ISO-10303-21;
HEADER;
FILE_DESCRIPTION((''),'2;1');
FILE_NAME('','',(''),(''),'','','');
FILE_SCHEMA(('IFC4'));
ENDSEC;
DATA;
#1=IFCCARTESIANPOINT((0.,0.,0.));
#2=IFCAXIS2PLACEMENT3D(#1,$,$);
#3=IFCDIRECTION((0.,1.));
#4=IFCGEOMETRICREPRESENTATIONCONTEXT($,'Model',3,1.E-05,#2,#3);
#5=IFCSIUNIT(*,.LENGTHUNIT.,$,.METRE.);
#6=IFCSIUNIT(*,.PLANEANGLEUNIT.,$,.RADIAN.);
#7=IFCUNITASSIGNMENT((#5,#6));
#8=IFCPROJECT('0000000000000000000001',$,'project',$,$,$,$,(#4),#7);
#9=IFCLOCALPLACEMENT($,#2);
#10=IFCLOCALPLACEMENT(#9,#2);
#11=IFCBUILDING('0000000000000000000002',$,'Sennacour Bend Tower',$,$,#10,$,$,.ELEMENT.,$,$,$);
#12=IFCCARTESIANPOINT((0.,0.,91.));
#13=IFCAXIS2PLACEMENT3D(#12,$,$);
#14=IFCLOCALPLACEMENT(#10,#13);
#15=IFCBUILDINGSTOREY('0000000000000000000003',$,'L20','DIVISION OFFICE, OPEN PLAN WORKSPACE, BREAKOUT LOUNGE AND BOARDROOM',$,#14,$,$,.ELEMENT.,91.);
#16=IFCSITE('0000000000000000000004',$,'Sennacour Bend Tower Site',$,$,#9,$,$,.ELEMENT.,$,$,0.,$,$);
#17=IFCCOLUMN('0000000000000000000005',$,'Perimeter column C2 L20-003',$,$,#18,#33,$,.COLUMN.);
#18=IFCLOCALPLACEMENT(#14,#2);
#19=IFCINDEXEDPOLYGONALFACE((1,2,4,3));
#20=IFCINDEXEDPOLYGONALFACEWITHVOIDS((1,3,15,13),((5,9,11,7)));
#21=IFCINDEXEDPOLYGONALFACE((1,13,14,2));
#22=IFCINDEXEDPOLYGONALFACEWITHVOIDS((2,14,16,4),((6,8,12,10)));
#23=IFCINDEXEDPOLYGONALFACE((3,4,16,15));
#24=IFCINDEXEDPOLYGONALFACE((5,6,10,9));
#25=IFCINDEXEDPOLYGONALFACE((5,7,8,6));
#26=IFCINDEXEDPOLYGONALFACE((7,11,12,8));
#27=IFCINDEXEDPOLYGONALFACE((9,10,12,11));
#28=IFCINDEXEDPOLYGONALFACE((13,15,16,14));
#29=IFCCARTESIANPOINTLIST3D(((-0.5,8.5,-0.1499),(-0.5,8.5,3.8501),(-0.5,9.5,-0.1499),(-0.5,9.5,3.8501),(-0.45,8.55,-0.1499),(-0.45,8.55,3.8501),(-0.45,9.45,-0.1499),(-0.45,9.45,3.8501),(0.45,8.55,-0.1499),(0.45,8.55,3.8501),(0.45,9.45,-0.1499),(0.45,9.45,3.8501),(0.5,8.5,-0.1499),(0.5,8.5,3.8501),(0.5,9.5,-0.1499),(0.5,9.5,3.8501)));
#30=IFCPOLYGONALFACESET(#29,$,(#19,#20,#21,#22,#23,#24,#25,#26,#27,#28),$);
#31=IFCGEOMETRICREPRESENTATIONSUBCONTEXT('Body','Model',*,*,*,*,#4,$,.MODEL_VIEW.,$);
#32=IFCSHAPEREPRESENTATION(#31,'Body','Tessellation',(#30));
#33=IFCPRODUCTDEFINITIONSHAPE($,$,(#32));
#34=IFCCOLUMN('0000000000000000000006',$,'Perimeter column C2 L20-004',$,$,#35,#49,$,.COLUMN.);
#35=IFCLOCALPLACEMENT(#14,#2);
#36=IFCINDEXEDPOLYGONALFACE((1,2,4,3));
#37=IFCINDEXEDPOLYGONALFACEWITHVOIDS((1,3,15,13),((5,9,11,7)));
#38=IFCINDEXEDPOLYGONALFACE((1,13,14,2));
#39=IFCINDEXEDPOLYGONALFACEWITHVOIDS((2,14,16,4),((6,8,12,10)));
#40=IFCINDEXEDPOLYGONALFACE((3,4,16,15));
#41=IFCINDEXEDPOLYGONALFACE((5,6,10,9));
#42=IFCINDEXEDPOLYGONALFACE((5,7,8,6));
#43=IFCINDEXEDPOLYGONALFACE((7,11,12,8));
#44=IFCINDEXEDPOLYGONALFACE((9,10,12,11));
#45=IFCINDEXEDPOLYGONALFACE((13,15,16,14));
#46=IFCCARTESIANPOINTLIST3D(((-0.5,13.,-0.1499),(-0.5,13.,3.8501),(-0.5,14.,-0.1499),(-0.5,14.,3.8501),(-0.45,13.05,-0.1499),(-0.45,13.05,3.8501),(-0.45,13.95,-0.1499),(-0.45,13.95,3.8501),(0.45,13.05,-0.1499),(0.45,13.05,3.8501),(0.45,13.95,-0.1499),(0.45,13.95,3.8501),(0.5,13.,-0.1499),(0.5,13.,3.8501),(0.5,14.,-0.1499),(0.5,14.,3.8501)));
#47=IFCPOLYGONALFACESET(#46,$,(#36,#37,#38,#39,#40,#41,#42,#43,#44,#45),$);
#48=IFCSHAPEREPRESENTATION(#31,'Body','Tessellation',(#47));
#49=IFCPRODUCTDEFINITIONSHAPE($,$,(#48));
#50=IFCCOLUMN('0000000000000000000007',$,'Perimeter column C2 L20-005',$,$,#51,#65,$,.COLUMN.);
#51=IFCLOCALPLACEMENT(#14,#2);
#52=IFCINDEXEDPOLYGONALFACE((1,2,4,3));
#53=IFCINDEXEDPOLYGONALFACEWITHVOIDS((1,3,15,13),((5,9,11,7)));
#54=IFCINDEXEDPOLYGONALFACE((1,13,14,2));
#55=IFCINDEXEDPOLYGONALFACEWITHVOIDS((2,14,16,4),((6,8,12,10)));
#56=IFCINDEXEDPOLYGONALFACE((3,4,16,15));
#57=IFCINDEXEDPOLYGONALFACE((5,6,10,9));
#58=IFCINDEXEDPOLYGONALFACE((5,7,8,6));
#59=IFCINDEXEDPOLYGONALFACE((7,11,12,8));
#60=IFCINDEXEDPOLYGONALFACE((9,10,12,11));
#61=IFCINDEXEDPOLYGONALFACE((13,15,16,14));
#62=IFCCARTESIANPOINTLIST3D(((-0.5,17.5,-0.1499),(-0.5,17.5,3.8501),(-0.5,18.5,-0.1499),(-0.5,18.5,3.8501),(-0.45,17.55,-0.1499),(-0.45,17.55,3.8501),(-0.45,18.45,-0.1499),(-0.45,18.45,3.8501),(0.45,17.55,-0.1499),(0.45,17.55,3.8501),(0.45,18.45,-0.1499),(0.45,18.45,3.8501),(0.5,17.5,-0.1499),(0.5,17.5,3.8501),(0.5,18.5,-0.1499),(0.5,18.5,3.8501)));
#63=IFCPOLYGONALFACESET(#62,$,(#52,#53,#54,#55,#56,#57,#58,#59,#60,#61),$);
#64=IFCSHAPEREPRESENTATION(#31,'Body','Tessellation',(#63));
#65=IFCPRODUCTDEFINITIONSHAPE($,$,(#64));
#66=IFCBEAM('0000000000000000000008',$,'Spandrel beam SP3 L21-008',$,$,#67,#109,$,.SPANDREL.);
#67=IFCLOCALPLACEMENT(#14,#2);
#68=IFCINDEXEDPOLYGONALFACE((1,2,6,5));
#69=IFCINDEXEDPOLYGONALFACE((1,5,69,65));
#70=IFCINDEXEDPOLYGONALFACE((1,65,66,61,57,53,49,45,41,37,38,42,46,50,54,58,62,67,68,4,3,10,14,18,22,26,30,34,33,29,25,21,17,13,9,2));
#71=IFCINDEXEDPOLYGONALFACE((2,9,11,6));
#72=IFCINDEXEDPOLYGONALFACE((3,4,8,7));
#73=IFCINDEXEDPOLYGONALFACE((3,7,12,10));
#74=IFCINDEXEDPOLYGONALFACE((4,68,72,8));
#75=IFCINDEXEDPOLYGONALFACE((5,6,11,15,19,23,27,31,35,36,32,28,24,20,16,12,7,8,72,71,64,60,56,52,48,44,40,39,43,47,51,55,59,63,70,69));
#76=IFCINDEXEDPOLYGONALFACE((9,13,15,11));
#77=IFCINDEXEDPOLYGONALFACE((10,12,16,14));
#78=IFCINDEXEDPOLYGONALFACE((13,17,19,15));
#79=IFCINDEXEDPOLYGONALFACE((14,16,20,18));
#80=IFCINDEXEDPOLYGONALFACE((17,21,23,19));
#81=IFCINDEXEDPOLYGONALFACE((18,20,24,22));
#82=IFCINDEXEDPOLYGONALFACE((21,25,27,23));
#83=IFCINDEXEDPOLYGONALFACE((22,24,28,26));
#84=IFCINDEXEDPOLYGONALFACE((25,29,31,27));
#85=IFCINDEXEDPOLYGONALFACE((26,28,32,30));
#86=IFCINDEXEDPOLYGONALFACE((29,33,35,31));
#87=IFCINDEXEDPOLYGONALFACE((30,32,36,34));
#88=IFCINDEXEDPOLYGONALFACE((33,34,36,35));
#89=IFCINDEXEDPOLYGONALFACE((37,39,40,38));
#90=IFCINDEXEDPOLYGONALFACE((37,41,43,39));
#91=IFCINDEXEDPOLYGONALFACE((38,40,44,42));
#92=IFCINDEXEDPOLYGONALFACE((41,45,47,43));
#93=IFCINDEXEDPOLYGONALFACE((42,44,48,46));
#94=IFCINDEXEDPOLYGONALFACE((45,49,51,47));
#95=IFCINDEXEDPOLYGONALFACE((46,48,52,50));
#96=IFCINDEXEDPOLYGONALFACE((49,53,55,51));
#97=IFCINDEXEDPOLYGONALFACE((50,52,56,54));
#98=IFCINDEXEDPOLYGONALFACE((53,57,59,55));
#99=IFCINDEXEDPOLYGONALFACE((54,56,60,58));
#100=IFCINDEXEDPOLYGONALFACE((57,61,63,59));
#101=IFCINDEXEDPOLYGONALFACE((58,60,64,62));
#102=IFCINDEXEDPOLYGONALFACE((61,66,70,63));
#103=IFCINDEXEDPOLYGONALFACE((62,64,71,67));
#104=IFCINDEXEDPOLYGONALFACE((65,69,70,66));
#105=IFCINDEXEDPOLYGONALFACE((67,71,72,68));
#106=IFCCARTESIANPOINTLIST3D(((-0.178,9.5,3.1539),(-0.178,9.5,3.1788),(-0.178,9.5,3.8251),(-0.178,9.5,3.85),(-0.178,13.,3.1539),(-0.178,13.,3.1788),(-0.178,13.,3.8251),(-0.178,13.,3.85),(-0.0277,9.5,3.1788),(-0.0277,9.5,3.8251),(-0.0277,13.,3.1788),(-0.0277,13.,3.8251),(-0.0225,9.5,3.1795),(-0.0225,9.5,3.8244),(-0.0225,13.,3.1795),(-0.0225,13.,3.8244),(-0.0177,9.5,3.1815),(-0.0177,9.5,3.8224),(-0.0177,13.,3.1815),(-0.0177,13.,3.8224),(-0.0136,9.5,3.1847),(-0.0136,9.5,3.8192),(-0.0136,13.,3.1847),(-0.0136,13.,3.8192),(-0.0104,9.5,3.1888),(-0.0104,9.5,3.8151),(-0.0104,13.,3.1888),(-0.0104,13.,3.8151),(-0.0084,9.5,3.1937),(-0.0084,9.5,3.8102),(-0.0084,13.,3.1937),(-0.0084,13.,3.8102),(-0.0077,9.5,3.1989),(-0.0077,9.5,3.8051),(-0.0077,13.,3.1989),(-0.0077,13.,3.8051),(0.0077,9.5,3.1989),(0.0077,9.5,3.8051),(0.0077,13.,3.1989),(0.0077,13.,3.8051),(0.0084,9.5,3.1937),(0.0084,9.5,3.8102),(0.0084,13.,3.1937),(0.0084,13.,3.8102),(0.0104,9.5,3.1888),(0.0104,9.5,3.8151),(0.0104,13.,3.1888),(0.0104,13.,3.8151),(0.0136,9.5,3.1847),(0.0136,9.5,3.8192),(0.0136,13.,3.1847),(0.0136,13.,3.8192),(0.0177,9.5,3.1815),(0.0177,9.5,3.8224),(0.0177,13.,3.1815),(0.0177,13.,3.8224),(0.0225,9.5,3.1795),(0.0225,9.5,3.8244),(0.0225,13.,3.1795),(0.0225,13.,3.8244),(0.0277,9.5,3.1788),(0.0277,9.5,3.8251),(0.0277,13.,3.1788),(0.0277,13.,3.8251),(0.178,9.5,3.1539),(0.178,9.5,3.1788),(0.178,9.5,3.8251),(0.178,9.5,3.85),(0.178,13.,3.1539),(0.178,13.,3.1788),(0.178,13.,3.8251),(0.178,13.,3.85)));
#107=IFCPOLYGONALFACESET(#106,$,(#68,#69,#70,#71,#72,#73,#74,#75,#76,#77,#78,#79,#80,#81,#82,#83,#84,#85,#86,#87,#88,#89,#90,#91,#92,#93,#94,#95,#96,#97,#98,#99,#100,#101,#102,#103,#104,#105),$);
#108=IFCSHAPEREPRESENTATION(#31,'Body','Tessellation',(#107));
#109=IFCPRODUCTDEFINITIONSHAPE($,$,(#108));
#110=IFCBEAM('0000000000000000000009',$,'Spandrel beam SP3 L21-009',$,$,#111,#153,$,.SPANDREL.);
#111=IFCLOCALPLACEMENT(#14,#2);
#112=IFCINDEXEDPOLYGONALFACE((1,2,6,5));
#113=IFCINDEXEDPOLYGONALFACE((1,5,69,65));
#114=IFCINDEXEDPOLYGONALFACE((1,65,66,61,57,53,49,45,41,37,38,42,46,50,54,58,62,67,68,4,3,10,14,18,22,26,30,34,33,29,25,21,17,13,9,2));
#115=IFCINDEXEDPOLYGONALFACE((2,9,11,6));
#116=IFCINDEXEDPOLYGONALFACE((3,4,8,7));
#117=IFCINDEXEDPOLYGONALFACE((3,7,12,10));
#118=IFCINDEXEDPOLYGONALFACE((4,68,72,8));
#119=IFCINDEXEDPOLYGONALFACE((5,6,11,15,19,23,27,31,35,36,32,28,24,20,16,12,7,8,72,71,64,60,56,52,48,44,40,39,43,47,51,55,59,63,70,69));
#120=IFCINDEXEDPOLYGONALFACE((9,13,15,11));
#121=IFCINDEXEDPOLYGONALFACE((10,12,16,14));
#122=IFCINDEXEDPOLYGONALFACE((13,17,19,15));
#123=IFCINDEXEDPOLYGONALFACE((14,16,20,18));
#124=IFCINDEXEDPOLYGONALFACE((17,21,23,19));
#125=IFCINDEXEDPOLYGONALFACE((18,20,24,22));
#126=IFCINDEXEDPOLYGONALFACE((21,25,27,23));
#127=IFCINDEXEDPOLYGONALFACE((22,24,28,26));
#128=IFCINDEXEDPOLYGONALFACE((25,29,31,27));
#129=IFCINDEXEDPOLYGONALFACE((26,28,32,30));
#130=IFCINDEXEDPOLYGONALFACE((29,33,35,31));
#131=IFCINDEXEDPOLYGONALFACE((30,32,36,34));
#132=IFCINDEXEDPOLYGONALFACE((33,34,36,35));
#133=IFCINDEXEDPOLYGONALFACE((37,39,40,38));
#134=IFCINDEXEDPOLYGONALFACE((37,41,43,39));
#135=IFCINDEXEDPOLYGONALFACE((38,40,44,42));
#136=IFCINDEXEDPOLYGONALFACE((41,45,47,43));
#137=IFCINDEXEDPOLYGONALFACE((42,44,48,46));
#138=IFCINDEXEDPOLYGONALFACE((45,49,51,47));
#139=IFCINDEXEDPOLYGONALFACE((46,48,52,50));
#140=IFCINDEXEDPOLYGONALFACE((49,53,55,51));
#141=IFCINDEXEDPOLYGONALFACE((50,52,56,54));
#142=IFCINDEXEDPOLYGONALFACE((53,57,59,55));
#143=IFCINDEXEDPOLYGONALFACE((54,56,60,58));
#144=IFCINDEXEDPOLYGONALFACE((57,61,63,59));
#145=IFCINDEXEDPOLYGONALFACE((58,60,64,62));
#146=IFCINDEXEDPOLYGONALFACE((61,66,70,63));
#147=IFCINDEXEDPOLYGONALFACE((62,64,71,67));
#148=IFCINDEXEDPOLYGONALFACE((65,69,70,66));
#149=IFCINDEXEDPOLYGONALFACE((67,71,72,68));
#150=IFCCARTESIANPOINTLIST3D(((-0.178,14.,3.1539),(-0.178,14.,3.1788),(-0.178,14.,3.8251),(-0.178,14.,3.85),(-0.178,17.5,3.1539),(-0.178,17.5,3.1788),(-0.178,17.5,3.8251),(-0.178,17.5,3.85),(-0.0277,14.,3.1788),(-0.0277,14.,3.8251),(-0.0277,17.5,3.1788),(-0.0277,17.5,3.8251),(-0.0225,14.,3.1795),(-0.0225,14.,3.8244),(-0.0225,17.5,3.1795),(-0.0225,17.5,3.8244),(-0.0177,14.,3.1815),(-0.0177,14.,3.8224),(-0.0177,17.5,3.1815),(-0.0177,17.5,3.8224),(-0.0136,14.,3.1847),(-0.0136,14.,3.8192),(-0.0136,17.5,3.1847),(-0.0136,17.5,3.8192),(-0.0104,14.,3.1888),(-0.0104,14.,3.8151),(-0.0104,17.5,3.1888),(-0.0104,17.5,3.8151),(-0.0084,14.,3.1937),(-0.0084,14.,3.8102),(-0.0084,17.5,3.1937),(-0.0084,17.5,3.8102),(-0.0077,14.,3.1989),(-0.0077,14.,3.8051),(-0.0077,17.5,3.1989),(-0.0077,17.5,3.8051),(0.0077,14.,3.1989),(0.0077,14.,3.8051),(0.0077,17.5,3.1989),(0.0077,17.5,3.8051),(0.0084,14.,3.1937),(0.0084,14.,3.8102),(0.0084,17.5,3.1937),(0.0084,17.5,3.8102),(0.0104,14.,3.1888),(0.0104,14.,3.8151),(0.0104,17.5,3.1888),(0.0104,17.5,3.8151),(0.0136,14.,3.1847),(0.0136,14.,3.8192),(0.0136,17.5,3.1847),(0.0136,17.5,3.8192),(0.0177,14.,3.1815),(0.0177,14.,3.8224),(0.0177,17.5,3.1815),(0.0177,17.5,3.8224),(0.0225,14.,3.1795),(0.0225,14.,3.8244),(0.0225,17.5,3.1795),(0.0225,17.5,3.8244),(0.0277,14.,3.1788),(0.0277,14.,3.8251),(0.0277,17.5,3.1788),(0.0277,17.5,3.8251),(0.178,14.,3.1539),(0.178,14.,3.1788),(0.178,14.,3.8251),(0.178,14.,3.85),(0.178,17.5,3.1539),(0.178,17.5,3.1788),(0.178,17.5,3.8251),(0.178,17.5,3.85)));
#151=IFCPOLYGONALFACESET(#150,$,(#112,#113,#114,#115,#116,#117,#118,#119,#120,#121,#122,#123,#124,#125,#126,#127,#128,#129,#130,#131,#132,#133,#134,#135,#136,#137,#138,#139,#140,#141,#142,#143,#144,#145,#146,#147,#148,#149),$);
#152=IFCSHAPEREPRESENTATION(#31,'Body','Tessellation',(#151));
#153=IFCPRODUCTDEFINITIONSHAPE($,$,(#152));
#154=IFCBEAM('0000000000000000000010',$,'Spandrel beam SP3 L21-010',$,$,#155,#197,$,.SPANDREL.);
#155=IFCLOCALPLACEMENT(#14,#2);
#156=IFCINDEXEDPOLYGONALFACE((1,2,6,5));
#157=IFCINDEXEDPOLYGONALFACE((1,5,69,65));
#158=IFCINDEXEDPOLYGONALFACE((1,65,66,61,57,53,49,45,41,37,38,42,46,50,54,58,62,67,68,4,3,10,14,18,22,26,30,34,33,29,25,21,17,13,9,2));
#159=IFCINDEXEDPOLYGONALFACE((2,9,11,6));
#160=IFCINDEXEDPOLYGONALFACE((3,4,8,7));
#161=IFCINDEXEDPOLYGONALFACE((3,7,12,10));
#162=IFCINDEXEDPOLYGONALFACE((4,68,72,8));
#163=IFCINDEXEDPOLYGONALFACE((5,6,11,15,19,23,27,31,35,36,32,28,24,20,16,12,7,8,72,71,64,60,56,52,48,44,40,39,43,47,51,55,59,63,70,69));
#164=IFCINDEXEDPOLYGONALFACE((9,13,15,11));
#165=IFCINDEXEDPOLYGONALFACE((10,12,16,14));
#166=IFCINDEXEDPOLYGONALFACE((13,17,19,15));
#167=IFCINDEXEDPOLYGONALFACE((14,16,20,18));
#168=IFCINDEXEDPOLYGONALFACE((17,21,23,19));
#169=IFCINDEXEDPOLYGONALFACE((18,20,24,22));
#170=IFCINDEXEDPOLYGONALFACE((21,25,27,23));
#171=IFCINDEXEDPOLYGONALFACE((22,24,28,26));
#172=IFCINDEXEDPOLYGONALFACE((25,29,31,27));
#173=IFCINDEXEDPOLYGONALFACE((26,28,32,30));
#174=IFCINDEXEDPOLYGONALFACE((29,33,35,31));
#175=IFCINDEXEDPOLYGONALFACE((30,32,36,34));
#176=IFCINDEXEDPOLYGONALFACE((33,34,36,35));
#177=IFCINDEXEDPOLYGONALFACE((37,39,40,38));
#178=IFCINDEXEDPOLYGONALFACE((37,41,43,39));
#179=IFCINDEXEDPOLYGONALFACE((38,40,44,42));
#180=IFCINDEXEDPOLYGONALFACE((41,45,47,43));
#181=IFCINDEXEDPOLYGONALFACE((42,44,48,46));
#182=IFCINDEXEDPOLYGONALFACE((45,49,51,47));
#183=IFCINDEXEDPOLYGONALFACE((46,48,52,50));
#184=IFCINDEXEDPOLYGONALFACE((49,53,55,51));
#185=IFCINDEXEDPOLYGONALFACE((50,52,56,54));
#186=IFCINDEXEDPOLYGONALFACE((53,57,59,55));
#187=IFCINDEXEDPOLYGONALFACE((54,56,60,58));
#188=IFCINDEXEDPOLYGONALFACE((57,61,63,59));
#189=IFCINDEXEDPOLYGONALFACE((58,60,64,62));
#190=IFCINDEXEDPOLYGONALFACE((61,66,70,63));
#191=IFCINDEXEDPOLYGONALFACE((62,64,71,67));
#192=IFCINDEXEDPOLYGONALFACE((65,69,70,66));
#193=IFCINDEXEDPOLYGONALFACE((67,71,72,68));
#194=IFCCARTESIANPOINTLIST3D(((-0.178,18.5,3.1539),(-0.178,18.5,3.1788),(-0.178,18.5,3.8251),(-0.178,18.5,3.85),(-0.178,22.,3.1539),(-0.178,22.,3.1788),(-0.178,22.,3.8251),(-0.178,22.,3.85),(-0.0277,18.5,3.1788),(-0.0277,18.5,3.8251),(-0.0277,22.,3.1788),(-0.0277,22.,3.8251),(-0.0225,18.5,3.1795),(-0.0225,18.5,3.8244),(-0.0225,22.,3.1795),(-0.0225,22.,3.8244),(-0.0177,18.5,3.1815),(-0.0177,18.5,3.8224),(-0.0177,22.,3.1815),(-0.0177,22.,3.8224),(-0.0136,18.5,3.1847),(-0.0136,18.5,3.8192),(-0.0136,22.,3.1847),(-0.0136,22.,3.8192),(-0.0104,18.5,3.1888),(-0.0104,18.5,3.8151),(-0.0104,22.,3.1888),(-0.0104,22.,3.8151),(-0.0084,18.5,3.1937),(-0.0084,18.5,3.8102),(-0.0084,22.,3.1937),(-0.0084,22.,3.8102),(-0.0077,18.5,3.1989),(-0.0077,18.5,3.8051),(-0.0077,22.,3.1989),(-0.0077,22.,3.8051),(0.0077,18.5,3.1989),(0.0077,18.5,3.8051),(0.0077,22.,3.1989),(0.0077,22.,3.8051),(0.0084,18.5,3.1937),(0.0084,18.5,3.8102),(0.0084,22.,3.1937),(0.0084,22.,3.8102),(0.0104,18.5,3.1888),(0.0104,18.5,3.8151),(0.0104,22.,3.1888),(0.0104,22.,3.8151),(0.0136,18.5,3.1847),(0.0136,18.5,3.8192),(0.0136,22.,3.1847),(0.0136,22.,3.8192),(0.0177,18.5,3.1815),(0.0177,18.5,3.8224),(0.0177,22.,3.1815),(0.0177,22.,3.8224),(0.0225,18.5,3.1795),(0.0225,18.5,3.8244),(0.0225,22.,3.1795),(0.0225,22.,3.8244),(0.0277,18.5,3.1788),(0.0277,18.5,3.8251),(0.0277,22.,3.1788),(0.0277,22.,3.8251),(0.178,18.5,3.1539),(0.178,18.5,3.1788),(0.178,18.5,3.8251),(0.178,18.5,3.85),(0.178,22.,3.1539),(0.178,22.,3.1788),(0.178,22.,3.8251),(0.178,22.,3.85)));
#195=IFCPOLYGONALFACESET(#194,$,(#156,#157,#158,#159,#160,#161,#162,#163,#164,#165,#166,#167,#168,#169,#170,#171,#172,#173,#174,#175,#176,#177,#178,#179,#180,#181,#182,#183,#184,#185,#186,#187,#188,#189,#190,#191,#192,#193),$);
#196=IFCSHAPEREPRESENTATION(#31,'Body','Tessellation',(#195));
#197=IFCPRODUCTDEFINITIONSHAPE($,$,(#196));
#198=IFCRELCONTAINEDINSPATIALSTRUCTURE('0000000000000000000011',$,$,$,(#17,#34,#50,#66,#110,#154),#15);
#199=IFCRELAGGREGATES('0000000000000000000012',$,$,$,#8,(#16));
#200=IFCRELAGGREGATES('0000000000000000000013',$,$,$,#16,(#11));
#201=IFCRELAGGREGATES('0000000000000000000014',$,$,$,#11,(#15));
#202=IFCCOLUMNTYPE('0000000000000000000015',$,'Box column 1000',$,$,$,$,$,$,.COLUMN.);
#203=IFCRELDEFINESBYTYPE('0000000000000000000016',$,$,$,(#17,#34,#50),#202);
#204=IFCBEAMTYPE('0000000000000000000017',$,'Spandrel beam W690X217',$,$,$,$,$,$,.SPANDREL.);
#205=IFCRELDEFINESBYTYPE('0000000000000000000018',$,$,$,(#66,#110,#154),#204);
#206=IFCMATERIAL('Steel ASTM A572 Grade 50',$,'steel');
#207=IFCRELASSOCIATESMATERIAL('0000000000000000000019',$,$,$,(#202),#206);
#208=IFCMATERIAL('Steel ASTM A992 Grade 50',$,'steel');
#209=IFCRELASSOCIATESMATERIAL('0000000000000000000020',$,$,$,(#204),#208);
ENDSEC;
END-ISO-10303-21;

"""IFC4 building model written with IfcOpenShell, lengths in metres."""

from ifc_helpers import new_model, si_unit, direction, frame, origin, origin_2d, place, context, subcontext, project, spatial, hollow_rectangle, i_section, extrude, material, material_profile, profile_set, type_object, element, save


model = new_model("IFC4")

# Units and contexts
model_context = context("Model", 3, precision=1e-05, world=origin(), true_north=direction((0.0, 1.0)))
body_context = subcontext(model_context, "Body", "Model", "MODEL_VIEW")
ifc_project = project(units=[si_unit("LENGTHUNIT", "METRE"), si_unit("PLANEANGLEUNIT", "RADIAN")], contexts=[model_context])

# Site, building, storey
site_placement = place(None, origin())
site = spatial("IfcSite", under=ifc_project, at=site_placement, Name="Sennacour Bend Tower Site", CompositionType="ELEMENT", RefElevation=0.0)
building_placement = place(site_placement, origin())
building = spatial("IfcBuilding", under=site, at=building_placement, Name="Sennacour Bend Tower", CompositionType="ELEMENT")
storey_placement = place(building_placement, frame((0.0, 0.0, 91.0)))
storey = spatial("IfcBuildingStorey", under=building, at=storey_placement, Name="L20", Description="DIVISION OFFICE, OPEN PLAN WORKSPACE, BREAKOUT LOUNGE AND BOARDROOM", CompositionType="ELEMENT", Elevation=91.0)

# Columns
ifc_material_1 = material(Name="Steel ASTM A572 Grade 50", Category="steel")
ifc_material_profile_1 = material_profile(ifc_material_1, hollow_rectangle(XDim=1.0, YDim=1.0, WallThickness=0.05, at=origin_2d()), Name="Steel ASTM A572 Grade 50", Category="steel")
ifc_profile_set_1 = profile_set([ifc_material_profile_1], Name="Steel ASTM A572 Grade 50")
column_type = type_object("IfcColumnType", Name="Box column 1000", PredefinedType="COLUMN", material=ifc_profile_set_1)
for number, where, z_axis, x_axis, name in (
    (1, (0.0, 9.0, -0.1499), (0.0, 0.0, 1.0), (1.0, 0.0, 0.0), "Perimeter column C2 L20-003"),
    (2, (0.0, 13.5, -0.1499), (0.0, 0.0, 1.0), (1.0, 0.0, 0.0), "Perimeter column C2 L20-004"),
    (3, (0.0, 18.0, -0.1499), (0.0, 0.0, 1.0), (1.0, 0.0, 0.0), "Perimeter column C2 L20-005"),
):
    element("IfcColumn", number, at=place(storey_placement, frame(where, z_axis=z_axis, x_axis=x_axis)), inside=storey, type_object=column_type, Name=name, PredefinedType="COLUMN", context=body_context, shape_type="SweptSolid", body=[
        extrude(hollow_rectangle(XDim=1.0, YDim=1.0, WallThickness=0.05, at=origin_2d()), origin(), (0.0, 0.0, 1.0), 4.0),
    ])

# Beams
ifc_material_2 = material(Name="Steel ASTM A992 Grade 50", Category="steel")
ifc_material_profile_2 = material_profile(ifc_material_2, i_section(OverallWidth=0.356, OverallDepth=0.696, WebThickness=0.0154, FlangeThickness=0.0249, FilletRadius=0.02, at=origin_2d()), Name="Steel ASTM A992 Grade 50", Category="steel")
ifc_profile_set_2 = profile_set([ifc_material_profile_2], Name="Steel ASTM A992 Grade 50")
beam_type = type_object("IfcBeamType", Name="Spandrel beam W690X217", PredefinedType="SPANDREL", material=ifc_profile_set_2)
for number, where, z_axis, x_axis, name in (
    (4, (0.0, 9.5, 3.502), (0.0, 1.0, 0.0), (-1.0, 0.0, 0.0), "Spandrel beam SP3 L21-008"),
    (5, (0.0, 14.0, 3.502), (0.0, 1.0, 0.0), (-1.0, 0.0, 0.0), "Spandrel beam SP3 L21-009"),
    (6, (0.0, 18.5, 3.502), (0.0, 1.0, 0.0), (-1.0, 0.0, 0.0), "Spandrel beam SP3 L21-010"),
):
    element("IfcBeam", number, at=place(storey_placement, frame(where, z_axis=z_axis, x_axis=x_axis)), inside=storey, type_object=beam_type, Name=name, PredefinedType="SPANDREL", context=body_context, shape_type="SweptSolid", body=[
        extrude(i_section(OverallWidth=0.356, OverallDepth=0.696, WebThickness=0.0154, FlangeThickness=0.0249, FilletRadius=0.02, at=origin_2d()), origin(), (0.0, 0.0, 1.0), 3.5),
    ])

save(model, "model.ifc")
